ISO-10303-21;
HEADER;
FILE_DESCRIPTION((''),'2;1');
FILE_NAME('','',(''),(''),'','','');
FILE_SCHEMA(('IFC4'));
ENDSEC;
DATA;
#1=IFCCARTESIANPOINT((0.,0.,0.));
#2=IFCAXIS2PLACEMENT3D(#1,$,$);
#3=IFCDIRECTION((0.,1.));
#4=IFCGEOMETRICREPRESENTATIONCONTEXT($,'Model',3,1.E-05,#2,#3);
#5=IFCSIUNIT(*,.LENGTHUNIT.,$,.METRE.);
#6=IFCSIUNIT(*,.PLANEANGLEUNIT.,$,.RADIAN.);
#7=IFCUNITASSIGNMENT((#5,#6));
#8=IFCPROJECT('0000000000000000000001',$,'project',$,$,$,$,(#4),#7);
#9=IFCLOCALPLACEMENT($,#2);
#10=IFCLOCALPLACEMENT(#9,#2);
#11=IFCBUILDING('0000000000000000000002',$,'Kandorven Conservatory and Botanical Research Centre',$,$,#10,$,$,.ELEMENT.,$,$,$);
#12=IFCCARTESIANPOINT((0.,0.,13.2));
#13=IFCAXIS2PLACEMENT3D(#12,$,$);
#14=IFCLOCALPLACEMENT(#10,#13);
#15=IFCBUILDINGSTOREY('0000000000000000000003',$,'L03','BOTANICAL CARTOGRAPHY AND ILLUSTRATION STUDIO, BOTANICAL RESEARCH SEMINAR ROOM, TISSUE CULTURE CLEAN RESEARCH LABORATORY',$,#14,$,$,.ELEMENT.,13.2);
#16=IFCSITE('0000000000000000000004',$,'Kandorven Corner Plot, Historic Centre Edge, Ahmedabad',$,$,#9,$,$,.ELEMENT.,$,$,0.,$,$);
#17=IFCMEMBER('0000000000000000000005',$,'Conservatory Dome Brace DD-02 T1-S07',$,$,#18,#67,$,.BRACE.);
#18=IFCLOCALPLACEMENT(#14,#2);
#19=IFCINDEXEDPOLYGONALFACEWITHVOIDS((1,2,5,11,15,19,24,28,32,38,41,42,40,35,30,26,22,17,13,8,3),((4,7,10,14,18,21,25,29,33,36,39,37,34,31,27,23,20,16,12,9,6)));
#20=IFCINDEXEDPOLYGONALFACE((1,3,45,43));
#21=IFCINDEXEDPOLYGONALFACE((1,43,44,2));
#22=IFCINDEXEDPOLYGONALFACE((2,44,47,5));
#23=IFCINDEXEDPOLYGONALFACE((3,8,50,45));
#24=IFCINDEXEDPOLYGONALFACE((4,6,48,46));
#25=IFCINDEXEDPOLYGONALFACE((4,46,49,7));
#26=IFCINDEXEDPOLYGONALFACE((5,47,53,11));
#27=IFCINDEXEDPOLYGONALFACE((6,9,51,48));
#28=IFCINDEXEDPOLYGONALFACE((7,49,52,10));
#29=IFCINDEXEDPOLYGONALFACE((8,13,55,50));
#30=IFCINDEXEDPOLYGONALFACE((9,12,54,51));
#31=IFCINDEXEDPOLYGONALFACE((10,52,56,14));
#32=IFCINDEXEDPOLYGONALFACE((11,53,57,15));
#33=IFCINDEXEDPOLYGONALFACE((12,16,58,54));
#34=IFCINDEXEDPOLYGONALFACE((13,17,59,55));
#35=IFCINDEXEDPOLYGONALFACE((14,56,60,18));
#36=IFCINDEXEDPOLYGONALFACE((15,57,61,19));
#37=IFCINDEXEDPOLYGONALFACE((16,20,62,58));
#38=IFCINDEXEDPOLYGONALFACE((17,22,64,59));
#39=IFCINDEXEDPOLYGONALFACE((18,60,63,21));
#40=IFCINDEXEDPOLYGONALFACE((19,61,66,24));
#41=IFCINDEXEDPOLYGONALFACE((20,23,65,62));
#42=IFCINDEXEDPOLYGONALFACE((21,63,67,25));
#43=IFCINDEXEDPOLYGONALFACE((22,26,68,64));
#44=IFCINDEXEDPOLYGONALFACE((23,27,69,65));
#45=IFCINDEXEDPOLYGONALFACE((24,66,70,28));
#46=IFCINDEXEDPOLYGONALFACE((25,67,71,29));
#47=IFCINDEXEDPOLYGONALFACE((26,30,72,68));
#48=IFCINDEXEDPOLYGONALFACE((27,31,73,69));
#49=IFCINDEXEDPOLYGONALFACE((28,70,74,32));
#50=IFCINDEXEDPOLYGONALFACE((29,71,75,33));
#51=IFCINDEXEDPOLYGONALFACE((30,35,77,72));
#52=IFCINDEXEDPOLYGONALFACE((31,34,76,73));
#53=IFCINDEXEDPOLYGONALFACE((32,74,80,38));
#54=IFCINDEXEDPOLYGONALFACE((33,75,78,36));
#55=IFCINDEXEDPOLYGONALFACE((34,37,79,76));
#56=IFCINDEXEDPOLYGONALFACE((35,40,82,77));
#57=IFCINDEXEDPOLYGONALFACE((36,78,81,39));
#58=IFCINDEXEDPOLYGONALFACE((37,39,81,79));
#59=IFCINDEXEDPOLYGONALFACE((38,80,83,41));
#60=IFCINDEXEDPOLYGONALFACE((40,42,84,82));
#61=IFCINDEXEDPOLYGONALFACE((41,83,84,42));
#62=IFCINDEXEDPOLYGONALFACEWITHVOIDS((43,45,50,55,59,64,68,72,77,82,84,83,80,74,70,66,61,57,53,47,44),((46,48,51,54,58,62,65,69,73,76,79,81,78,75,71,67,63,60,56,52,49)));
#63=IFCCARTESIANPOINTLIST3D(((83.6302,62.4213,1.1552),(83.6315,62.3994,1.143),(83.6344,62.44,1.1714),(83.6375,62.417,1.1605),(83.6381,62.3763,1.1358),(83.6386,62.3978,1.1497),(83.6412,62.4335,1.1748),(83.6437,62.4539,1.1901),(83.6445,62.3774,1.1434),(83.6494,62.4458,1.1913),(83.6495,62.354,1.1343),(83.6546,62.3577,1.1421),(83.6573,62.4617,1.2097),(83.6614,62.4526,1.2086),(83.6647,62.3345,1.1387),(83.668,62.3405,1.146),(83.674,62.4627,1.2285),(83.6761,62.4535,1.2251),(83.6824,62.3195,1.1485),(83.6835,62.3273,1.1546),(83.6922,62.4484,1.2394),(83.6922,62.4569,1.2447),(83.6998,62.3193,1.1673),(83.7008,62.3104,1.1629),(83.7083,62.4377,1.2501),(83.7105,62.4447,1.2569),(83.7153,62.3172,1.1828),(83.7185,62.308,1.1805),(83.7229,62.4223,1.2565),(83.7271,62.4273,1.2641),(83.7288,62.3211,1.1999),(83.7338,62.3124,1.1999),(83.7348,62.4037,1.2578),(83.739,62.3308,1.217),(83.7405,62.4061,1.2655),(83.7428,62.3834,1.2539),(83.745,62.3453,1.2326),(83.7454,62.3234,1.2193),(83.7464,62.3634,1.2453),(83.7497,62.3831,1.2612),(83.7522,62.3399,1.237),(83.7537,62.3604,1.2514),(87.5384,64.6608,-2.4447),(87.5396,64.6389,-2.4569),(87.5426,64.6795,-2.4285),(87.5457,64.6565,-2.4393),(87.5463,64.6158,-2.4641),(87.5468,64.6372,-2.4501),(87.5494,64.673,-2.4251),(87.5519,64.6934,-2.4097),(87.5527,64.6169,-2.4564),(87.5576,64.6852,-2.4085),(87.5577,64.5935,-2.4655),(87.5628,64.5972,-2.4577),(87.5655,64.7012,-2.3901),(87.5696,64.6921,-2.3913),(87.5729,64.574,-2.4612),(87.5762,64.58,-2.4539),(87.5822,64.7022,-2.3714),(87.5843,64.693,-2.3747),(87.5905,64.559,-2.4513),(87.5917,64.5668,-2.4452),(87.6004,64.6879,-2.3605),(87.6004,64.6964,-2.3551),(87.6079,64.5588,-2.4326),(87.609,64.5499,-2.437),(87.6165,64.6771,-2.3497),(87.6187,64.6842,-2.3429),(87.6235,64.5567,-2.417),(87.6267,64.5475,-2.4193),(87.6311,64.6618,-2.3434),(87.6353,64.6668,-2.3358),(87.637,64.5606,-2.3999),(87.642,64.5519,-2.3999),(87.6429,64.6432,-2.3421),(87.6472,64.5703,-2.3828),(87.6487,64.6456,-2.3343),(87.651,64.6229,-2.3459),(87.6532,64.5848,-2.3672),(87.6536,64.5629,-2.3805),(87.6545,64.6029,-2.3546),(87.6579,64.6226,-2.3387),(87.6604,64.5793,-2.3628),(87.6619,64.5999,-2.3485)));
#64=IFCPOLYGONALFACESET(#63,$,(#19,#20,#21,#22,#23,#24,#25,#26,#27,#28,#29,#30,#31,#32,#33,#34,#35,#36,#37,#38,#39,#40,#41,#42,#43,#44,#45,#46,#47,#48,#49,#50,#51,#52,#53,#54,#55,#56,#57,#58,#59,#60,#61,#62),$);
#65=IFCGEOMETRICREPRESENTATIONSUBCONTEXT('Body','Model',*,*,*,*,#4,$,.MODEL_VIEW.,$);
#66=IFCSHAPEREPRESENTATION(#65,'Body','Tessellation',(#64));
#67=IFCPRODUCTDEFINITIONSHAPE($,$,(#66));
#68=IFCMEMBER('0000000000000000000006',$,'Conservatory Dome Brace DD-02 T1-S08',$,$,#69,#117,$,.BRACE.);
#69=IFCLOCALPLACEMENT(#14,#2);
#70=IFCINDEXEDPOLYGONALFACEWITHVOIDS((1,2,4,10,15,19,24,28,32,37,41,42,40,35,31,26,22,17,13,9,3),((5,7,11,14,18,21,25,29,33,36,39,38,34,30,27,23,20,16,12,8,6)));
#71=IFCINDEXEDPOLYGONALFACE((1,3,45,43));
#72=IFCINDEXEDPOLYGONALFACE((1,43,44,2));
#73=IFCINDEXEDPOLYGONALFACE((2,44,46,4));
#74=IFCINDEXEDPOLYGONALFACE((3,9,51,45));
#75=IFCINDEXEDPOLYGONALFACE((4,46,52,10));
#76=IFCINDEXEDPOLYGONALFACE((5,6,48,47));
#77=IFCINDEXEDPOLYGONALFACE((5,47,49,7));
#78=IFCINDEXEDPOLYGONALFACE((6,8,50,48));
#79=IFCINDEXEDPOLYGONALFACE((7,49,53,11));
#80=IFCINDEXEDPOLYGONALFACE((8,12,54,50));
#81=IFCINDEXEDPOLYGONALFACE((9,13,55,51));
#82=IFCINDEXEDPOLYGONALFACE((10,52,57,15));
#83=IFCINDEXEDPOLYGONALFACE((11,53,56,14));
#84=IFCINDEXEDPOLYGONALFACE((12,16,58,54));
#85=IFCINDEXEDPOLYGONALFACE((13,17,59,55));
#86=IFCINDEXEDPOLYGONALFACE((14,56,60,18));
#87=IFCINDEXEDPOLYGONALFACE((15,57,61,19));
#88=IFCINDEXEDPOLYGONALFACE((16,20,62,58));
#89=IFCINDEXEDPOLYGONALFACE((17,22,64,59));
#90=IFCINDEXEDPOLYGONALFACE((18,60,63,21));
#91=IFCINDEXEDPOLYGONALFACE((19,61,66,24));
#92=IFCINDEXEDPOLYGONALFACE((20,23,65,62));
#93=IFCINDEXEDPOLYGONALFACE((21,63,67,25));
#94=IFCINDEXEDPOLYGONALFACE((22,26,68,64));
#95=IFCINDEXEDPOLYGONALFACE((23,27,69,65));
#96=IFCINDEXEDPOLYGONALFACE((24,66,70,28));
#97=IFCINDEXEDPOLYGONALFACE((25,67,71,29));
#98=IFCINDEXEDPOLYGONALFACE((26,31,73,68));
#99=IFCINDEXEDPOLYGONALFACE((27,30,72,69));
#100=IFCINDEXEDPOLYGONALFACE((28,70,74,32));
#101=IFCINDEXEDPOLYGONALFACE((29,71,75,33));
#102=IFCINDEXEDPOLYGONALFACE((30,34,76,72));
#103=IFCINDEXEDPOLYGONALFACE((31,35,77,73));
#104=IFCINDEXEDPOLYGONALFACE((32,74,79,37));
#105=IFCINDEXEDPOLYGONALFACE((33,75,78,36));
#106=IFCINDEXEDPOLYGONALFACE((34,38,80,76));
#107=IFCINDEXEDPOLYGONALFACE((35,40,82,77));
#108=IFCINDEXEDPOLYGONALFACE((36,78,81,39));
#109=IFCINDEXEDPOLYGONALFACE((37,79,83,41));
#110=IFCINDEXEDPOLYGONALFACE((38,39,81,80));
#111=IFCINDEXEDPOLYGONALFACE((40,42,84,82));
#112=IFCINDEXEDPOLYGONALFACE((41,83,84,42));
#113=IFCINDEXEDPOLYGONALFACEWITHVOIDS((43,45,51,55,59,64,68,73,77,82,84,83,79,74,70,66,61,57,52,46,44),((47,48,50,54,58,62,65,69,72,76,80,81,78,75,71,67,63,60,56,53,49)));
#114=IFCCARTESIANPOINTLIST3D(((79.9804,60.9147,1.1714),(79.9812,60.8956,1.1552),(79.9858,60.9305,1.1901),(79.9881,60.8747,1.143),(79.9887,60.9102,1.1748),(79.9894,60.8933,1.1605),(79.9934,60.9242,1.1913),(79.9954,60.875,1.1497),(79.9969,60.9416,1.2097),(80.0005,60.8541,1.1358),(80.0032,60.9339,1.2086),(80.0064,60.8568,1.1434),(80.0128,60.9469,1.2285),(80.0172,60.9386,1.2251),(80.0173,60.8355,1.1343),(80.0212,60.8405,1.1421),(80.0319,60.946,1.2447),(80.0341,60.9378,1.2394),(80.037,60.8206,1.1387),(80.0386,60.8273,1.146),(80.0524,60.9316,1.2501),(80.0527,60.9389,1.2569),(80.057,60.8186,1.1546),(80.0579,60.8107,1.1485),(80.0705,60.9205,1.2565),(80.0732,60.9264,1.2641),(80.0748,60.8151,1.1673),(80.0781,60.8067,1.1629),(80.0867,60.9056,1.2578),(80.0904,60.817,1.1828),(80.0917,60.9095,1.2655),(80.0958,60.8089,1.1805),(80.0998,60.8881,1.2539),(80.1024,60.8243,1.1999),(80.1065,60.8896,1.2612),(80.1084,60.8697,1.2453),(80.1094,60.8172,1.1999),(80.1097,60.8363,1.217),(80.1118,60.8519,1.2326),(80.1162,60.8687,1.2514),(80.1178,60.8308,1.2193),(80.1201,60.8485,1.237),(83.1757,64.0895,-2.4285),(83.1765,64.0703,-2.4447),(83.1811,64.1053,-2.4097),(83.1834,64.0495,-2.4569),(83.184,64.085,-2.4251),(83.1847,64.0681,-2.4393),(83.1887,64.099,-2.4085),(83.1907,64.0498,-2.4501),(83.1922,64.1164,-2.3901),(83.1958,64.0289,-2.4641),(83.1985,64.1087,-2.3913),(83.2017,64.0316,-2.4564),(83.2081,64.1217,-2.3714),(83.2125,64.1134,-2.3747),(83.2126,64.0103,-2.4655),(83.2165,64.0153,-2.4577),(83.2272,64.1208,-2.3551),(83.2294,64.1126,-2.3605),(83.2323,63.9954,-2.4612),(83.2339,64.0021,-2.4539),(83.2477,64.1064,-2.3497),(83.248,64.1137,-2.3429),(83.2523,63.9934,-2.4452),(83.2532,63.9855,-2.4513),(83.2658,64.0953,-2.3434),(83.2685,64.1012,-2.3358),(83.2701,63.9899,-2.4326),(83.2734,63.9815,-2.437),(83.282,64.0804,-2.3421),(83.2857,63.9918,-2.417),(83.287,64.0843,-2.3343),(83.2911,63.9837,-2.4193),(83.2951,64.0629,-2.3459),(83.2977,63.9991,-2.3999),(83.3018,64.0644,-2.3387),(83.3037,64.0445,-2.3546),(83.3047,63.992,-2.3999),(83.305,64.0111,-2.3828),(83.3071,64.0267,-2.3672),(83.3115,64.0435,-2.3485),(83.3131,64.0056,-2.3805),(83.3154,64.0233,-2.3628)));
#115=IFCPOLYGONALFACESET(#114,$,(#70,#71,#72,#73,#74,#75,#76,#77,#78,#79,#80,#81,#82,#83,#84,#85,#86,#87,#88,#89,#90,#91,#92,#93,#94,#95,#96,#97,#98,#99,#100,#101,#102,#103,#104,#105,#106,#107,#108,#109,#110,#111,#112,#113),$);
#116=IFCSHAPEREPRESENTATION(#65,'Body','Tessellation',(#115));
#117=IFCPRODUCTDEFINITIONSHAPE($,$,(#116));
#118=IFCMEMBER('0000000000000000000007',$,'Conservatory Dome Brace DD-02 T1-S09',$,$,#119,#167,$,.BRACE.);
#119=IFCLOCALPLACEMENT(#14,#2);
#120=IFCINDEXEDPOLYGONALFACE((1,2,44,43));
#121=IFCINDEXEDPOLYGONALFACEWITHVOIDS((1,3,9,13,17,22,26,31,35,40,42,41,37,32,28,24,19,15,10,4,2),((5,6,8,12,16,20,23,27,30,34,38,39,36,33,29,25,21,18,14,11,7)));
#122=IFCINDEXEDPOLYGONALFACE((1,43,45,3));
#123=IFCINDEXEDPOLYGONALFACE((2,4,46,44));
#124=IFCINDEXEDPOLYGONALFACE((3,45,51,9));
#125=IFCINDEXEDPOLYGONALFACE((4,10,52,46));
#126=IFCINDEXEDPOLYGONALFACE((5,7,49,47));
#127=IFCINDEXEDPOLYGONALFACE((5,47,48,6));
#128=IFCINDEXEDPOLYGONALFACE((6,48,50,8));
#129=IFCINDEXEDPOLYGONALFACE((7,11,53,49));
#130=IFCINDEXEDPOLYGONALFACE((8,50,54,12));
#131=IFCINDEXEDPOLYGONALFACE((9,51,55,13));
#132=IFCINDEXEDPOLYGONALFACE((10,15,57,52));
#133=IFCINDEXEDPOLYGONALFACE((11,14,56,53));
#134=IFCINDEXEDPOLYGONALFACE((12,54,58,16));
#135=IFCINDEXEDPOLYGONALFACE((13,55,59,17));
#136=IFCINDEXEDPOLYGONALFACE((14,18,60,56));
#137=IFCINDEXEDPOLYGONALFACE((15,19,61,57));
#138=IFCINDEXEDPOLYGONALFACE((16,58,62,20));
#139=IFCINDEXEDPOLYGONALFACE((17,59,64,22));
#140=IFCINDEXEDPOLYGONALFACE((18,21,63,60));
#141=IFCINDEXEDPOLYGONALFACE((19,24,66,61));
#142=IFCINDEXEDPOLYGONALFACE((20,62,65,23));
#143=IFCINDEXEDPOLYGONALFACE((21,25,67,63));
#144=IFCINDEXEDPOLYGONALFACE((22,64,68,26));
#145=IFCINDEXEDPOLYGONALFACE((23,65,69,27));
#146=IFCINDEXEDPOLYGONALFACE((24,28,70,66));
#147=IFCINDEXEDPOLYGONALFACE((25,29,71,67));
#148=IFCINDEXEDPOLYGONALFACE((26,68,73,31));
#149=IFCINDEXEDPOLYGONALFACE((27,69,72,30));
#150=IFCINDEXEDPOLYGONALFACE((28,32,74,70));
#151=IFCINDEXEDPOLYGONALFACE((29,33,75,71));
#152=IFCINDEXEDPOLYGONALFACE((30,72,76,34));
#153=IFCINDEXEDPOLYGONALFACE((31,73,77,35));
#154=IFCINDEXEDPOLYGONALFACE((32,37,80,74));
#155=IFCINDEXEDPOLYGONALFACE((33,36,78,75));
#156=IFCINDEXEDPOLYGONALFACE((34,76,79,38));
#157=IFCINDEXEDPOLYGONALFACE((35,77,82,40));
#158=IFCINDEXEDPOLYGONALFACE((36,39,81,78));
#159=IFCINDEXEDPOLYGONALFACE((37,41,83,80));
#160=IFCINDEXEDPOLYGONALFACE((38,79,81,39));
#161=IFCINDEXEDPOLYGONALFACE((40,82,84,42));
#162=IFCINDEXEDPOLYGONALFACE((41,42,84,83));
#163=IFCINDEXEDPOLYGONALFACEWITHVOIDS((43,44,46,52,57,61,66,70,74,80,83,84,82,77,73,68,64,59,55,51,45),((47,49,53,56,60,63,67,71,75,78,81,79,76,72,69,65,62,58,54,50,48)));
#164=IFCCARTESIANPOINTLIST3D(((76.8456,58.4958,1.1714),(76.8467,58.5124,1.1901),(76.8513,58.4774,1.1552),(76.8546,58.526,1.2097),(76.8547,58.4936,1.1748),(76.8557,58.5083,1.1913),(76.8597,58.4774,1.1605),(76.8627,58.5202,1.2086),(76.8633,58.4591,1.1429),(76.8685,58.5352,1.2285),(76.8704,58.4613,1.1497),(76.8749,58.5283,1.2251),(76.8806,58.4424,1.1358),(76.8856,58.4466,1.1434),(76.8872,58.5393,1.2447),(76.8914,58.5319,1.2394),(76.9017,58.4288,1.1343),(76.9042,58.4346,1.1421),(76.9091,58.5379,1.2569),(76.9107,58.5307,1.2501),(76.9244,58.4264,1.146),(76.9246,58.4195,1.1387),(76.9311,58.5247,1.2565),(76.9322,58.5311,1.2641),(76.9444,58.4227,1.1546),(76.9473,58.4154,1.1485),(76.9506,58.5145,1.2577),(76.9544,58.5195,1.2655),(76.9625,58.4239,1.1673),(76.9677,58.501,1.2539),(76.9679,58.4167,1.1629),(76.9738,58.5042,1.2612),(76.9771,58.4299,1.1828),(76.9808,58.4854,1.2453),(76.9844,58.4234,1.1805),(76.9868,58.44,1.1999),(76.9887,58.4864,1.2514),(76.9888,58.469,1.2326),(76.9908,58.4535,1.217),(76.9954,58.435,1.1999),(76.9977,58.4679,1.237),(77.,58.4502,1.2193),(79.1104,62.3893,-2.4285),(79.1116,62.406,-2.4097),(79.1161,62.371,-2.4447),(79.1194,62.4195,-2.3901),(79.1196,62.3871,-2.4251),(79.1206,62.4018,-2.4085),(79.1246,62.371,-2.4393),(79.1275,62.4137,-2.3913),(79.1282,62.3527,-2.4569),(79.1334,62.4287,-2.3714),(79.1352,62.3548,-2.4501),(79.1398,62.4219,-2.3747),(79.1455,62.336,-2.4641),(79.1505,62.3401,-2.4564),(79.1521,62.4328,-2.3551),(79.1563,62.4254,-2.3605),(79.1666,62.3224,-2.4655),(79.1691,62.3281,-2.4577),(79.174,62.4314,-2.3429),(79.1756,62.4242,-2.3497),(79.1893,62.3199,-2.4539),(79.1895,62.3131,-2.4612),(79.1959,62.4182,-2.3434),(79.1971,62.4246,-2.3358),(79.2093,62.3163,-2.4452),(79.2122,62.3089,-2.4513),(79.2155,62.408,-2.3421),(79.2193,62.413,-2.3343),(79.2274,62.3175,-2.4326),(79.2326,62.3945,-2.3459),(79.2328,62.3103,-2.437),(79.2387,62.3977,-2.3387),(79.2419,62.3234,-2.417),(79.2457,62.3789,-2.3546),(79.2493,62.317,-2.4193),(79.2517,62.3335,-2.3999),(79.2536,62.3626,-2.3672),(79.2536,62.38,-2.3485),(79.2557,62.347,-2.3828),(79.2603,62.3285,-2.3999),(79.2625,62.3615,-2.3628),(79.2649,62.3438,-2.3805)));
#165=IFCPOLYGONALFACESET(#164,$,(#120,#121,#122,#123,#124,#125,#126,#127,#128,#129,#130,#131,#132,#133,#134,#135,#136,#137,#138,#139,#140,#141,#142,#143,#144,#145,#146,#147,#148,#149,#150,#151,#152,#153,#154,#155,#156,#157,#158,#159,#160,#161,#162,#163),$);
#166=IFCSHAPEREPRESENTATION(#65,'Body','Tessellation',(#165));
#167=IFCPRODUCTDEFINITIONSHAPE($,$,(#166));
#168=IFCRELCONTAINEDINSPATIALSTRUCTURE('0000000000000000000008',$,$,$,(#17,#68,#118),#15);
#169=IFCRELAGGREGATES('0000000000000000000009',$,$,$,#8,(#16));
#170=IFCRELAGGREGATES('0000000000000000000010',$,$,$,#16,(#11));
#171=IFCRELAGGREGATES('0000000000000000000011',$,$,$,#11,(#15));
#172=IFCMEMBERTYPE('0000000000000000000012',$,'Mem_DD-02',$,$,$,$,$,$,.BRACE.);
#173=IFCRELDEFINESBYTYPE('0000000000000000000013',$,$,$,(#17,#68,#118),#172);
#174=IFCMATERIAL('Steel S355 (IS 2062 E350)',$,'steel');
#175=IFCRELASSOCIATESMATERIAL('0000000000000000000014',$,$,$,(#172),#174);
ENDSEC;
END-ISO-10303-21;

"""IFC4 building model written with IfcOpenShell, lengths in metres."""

from ifc_helpers import new_model, si_unit, direction, frame, origin, origin_2d, place, context, subcontext, project, spatial, hollow_circle, extrude, material, material_profile, profile_set, type_object, element, save


model = new_model("IFC4")

# Units and contexts
model_context = context("Model", 3, precision=1e-05, world=origin(), true_north=direction((0.0, 1.0)))
body_context = subcontext(model_context, "Body", "Model", "MODEL_VIEW")
ifc_project = project(units=[si_unit("LENGTHUNIT", "METRE"), si_unit("PLANEANGLEUNIT", "RADIAN")], contexts=[model_context])

# Site, building, storey
site_placement = place(None, origin())
site = spatial("IfcSite", under=ifc_project, at=site_placement, Name="Kandorven Corner Plot, Historic Centre Edge, Ahmedabad", CompositionType="ELEMENT", RefElevation=0.0)
building_placement = place(site_placement, origin())
building = spatial("IfcBuilding", under=site, at=building_placement, Name="Kandorven Conservatory and Botanical Research Centre", CompositionType="ELEMENT")
storey_placement = place(building_placement, frame((0.0, 0.0, 13.2)))
storey = spatial("IfcBuildingStorey", under=building, at=storey_placement, Name="L03", Description="BOTANICAL CARTOGRAPHY AND ILLUSTRATION STUDIO, BOTANICAL RESEARCH SEMINAR ROOM, TISSUE CULTURE CLEAN RESEARCH LABORATORY", CompositionType="ELEMENT", Elevation=13.2)

# Members
ifc_material_1 = material(Name="Steel S355 (IS 2062 E350)", Category="steel")
ifc_material_profile_1 = material_profile(ifc_material_1, hollow_circle(Radius=0.0842, WallThickness=0.01, at=origin_2d()))
ifc_profile_set_1 = profile_set([ifc_material_profile_1], Name="Steel S355 (IS 2062 E350)")
member_type_1 = type_object("IfcMemberType", Name="Mem_DD-02", PredefinedType="BRACE", material=ifc_profile_set_1)
for number, where, z_axis, x_axis, name in (
    (1, (87.6001, 64.625, -2.3999), (-0.677785, -0.388388, 0.624309), (0.497183, -0.867645, 0.0), "Conservatory Dome Brace DD-02 T1-S07"),
    (2, (83.2454, 64.0518, -2.3999), (-0.554151, -0.550595, 0.624309), (0.704827, -0.70938, 0.0), "Conservatory Dome Brace DD-02 T1-S08"),
    (3, (79.1875, 62.3708, -2.3999), (-0.392791, -0.675244, 0.624308), (0.864392, -0.502819, 0.0), "Conservatory Dome Brace DD-02 T1-S09"),
):
    element("IfcMember", number, at=place(storey_placement, frame(where, z_axis=z_axis, x_axis=x_axis)), inside=storey, type_object=member_type_1, Name=name, PredefinedType="BRACE", context=body_context, shape_type="SweptSolid", body=[
        extrude(hollow_circle(Radius=0.0842, WallThickness=0.01, at=origin_2d()), origin(), (0.0, 0.0, 1.0), 5.7661),
    ])

save(model, "model.ifc")
